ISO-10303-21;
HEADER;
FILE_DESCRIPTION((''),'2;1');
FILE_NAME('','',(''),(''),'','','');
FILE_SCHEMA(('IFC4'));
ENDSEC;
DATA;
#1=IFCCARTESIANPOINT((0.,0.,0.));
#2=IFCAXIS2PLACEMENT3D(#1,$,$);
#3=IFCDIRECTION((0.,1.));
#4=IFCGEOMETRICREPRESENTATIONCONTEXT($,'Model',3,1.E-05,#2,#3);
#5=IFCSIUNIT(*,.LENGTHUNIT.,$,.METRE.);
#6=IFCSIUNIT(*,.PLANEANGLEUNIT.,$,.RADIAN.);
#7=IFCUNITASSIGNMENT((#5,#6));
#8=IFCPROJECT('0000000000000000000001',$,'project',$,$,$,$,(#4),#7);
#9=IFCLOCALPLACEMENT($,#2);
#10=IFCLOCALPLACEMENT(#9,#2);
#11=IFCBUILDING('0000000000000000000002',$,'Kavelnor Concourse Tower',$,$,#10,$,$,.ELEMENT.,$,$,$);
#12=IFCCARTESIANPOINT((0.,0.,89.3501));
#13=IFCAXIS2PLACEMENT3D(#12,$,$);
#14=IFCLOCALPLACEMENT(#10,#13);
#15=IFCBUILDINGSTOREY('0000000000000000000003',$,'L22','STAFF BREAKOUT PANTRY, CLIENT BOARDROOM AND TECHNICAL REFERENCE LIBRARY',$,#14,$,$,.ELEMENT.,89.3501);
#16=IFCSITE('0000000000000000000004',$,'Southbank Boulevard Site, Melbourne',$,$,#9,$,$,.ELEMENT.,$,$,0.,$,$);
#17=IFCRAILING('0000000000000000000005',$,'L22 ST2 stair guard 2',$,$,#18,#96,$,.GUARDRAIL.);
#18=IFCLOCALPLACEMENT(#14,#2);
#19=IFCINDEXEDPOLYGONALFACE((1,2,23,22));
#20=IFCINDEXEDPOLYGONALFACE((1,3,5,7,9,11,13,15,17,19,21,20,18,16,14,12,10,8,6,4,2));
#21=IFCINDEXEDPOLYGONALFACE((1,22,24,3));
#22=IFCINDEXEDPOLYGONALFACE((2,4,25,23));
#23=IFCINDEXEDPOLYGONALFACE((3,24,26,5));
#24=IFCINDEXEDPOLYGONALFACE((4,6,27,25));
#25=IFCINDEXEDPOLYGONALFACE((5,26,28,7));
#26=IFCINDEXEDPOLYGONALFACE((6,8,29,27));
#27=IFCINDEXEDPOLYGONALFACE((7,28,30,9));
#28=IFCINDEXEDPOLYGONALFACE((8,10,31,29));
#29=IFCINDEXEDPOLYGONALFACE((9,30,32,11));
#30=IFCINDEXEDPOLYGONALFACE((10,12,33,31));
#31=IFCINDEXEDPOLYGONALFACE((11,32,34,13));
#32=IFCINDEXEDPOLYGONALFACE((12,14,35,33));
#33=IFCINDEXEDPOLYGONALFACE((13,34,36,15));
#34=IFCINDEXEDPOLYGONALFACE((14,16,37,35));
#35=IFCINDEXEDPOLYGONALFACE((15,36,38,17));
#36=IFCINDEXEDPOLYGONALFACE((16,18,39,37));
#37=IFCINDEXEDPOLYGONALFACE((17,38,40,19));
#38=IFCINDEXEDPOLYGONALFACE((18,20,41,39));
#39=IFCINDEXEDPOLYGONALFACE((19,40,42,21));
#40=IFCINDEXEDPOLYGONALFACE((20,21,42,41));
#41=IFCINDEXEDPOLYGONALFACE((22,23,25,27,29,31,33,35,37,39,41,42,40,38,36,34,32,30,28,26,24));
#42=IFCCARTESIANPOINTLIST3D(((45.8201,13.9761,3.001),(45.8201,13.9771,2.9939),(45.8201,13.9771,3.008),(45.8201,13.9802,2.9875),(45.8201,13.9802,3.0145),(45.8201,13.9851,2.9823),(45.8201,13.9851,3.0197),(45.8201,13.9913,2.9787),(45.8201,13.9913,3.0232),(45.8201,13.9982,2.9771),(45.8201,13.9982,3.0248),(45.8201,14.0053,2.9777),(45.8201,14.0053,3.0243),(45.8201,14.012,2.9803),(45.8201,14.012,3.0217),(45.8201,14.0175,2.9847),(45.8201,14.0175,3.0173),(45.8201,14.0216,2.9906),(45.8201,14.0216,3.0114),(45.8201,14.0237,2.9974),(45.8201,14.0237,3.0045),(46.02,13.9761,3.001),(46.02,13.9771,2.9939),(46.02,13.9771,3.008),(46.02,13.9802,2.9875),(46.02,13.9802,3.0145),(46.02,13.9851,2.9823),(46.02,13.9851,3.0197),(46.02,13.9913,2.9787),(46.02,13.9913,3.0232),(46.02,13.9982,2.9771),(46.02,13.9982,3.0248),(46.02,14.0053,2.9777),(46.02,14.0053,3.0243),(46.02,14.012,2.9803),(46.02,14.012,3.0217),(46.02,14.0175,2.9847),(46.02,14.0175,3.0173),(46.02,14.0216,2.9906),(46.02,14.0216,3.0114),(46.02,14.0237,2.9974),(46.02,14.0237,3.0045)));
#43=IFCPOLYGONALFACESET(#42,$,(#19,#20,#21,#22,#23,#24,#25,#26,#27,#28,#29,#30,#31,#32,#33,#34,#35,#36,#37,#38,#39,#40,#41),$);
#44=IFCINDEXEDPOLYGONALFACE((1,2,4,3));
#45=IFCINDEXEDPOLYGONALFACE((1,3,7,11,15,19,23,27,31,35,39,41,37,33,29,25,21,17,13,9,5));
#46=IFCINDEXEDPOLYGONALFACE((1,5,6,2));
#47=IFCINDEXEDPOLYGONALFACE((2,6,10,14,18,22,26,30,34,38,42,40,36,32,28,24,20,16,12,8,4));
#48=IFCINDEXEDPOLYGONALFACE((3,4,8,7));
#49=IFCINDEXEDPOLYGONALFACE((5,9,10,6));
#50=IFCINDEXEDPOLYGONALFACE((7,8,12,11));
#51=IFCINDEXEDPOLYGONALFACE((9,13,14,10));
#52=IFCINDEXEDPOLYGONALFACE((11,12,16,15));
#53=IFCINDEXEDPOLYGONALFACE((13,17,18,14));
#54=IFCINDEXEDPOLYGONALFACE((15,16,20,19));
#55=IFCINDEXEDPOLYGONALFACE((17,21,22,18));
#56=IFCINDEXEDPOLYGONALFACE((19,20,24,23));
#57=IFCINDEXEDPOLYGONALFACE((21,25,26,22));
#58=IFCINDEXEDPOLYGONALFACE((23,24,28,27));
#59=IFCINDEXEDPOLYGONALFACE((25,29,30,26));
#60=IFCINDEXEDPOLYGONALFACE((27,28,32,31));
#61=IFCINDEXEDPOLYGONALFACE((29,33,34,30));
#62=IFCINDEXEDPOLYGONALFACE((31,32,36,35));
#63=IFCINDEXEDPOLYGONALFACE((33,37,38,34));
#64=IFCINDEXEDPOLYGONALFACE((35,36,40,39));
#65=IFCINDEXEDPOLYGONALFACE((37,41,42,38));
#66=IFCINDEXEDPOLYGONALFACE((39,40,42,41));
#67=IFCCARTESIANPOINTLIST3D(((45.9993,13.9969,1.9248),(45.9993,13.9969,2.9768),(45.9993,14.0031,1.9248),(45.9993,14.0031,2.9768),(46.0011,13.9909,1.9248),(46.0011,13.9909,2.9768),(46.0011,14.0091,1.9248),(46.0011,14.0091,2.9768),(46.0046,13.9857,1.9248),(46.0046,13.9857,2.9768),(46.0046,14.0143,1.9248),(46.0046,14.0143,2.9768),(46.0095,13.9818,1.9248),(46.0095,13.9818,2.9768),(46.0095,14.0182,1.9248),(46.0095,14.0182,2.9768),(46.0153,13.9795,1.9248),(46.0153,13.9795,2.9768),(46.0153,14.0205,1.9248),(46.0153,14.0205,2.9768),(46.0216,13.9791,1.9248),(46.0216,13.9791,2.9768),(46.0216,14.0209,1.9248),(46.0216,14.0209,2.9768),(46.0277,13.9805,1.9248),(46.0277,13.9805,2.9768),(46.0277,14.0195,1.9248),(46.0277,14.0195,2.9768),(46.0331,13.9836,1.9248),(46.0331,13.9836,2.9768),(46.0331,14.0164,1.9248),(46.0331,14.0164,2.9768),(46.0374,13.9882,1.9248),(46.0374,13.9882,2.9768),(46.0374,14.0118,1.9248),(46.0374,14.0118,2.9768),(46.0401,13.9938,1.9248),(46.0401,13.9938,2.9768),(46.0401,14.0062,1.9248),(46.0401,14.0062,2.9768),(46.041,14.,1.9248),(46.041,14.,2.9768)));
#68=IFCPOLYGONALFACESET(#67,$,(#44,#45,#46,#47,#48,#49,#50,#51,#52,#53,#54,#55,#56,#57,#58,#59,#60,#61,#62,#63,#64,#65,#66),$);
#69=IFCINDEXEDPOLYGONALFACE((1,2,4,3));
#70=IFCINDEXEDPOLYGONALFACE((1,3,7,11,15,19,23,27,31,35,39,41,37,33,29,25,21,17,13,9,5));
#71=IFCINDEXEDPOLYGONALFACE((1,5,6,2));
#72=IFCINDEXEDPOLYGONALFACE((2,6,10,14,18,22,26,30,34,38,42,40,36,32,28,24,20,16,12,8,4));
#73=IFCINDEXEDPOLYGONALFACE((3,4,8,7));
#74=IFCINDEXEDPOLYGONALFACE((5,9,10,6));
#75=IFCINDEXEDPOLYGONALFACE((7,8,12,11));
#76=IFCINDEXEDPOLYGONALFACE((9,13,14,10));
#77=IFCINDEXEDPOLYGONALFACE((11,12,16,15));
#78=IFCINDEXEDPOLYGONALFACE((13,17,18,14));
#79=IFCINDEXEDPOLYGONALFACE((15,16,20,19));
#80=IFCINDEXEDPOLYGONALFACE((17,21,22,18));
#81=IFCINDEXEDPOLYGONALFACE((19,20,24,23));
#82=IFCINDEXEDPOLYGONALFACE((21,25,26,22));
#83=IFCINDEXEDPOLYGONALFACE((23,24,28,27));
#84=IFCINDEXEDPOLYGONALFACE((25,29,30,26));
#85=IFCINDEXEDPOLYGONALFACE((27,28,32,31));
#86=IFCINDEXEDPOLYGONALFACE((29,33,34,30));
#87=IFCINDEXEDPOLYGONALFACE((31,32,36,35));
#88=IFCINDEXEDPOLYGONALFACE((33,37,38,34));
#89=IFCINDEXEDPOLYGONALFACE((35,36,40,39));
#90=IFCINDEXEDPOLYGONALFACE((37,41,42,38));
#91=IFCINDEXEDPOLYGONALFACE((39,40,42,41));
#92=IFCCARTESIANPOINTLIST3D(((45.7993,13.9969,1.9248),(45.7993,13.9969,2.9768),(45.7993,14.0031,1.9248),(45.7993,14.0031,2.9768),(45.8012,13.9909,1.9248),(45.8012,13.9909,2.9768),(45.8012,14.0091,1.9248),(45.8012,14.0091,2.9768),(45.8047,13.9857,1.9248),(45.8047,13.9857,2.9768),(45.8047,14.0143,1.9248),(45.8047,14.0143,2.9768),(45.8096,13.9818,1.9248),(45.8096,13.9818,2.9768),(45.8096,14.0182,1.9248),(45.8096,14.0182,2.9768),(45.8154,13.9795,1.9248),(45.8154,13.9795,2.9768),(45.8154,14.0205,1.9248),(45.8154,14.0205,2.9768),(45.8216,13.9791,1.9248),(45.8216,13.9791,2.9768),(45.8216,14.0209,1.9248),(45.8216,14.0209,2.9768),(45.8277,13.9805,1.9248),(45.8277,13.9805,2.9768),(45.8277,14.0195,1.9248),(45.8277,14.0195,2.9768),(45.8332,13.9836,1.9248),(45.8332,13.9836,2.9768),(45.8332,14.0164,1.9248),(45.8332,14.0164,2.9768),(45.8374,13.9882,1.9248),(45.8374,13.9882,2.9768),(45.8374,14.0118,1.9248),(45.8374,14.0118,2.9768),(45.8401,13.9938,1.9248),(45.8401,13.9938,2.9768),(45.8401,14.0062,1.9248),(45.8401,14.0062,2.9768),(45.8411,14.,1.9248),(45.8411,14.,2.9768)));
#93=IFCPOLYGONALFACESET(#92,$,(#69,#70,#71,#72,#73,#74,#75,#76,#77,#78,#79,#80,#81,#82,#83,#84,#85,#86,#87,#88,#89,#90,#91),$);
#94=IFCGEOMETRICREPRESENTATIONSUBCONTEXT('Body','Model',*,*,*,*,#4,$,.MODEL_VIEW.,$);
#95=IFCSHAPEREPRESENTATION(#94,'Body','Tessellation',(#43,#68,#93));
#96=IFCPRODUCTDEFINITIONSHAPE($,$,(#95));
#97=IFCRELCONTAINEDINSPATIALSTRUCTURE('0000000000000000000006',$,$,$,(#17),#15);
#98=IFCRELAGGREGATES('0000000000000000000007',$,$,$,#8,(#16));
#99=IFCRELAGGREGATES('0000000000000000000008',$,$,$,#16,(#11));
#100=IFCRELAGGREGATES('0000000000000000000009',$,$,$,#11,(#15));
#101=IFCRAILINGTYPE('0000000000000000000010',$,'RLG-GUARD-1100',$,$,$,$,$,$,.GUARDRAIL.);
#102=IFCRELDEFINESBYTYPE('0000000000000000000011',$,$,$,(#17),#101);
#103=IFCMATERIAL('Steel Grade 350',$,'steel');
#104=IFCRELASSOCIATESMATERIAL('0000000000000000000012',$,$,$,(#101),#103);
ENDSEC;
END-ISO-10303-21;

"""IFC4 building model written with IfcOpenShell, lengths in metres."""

from ifc_helpers import new_model, si_unit, direction, frame, origin, origin_2d, place, context, subcontext, project, spatial, circle, extrude, material, type_object, element, save


model = new_model("IFC4")

# Units and contexts
model_context = context("Model", 3, precision=1e-05, world=origin(), true_north=direction((0.0, 1.0)))
body_context = subcontext(model_context, "Body", "Model", "MODEL_VIEW")
ifc_project = project(units=[si_unit("LENGTHUNIT", "METRE"), si_unit("PLANEANGLEUNIT", "RADIAN")], contexts=[model_context])

# Site, building, storey
site_placement = place(None, origin())
site = spatial("IfcSite", under=ifc_project, at=site_placement, Name="Southbank Boulevard Site, Melbourne", CompositionType="ELEMENT", RefElevation=0.0)
building_placement = place(site_placement, origin())
building = spatial("IfcBuilding", under=site, at=building_placement, Name="Kavelnor Concourse Tower", CompositionType="ELEMENT")
storey_placement = place(building_placement, frame((0.0, 0.0, 89.3501)))
storey = spatial("IfcBuildingStorey", under=building, at=storey_placement, Name="L22", Description="STAFF BREAKOUT PANTRY, CLIENT BOARDROOM AND TECHNICAL REFERENCE LIBRARY", CompositionType="ELEMENT", Elevation=89.3501)

# Shared definitions
ifc_material_1 = material(Name="Steel Grade 350", Category="steel")

# Railing
railing_type_1 = type_object("IfcRailingType", Name="RLG-GUARD-1100", PredefinedType="GUARDRAIL", material=ifc_material_1)
railing_1_placement = place(storey_placement, frame((46.02, 14.0, 1.9248)))
element("IfcRailing", 1, at=railing_1_placement, inside=storey, type_object=railing_type_1, Name="L22 ST2 stair guard 2", PredefinedType="GUARDRAIL", context=body_context, shape_type="SweptSolid", body=[
    extrude(circle(Radius=0.0239, at=origin_2d()), frame((0.0, 0.0, 1.0762), z_axis=(-1.0, 0.0, 0.0), x_axis=(0.0, -1.0, 0.0)), (0.0, 0.0, 1.0), 0.2),
    extrude(circle(Radius=0.021, at=origin_2d()), origin(), (0.0, 0.0, 1.0), 1.052),
    extrude(circle(Radius=0.021, at=origin_2d()), frame((-0.2, 0.0, 0.0)), (0.0, 0.0, 1.0), 1.052),
])

save(model, "model.ifc")
